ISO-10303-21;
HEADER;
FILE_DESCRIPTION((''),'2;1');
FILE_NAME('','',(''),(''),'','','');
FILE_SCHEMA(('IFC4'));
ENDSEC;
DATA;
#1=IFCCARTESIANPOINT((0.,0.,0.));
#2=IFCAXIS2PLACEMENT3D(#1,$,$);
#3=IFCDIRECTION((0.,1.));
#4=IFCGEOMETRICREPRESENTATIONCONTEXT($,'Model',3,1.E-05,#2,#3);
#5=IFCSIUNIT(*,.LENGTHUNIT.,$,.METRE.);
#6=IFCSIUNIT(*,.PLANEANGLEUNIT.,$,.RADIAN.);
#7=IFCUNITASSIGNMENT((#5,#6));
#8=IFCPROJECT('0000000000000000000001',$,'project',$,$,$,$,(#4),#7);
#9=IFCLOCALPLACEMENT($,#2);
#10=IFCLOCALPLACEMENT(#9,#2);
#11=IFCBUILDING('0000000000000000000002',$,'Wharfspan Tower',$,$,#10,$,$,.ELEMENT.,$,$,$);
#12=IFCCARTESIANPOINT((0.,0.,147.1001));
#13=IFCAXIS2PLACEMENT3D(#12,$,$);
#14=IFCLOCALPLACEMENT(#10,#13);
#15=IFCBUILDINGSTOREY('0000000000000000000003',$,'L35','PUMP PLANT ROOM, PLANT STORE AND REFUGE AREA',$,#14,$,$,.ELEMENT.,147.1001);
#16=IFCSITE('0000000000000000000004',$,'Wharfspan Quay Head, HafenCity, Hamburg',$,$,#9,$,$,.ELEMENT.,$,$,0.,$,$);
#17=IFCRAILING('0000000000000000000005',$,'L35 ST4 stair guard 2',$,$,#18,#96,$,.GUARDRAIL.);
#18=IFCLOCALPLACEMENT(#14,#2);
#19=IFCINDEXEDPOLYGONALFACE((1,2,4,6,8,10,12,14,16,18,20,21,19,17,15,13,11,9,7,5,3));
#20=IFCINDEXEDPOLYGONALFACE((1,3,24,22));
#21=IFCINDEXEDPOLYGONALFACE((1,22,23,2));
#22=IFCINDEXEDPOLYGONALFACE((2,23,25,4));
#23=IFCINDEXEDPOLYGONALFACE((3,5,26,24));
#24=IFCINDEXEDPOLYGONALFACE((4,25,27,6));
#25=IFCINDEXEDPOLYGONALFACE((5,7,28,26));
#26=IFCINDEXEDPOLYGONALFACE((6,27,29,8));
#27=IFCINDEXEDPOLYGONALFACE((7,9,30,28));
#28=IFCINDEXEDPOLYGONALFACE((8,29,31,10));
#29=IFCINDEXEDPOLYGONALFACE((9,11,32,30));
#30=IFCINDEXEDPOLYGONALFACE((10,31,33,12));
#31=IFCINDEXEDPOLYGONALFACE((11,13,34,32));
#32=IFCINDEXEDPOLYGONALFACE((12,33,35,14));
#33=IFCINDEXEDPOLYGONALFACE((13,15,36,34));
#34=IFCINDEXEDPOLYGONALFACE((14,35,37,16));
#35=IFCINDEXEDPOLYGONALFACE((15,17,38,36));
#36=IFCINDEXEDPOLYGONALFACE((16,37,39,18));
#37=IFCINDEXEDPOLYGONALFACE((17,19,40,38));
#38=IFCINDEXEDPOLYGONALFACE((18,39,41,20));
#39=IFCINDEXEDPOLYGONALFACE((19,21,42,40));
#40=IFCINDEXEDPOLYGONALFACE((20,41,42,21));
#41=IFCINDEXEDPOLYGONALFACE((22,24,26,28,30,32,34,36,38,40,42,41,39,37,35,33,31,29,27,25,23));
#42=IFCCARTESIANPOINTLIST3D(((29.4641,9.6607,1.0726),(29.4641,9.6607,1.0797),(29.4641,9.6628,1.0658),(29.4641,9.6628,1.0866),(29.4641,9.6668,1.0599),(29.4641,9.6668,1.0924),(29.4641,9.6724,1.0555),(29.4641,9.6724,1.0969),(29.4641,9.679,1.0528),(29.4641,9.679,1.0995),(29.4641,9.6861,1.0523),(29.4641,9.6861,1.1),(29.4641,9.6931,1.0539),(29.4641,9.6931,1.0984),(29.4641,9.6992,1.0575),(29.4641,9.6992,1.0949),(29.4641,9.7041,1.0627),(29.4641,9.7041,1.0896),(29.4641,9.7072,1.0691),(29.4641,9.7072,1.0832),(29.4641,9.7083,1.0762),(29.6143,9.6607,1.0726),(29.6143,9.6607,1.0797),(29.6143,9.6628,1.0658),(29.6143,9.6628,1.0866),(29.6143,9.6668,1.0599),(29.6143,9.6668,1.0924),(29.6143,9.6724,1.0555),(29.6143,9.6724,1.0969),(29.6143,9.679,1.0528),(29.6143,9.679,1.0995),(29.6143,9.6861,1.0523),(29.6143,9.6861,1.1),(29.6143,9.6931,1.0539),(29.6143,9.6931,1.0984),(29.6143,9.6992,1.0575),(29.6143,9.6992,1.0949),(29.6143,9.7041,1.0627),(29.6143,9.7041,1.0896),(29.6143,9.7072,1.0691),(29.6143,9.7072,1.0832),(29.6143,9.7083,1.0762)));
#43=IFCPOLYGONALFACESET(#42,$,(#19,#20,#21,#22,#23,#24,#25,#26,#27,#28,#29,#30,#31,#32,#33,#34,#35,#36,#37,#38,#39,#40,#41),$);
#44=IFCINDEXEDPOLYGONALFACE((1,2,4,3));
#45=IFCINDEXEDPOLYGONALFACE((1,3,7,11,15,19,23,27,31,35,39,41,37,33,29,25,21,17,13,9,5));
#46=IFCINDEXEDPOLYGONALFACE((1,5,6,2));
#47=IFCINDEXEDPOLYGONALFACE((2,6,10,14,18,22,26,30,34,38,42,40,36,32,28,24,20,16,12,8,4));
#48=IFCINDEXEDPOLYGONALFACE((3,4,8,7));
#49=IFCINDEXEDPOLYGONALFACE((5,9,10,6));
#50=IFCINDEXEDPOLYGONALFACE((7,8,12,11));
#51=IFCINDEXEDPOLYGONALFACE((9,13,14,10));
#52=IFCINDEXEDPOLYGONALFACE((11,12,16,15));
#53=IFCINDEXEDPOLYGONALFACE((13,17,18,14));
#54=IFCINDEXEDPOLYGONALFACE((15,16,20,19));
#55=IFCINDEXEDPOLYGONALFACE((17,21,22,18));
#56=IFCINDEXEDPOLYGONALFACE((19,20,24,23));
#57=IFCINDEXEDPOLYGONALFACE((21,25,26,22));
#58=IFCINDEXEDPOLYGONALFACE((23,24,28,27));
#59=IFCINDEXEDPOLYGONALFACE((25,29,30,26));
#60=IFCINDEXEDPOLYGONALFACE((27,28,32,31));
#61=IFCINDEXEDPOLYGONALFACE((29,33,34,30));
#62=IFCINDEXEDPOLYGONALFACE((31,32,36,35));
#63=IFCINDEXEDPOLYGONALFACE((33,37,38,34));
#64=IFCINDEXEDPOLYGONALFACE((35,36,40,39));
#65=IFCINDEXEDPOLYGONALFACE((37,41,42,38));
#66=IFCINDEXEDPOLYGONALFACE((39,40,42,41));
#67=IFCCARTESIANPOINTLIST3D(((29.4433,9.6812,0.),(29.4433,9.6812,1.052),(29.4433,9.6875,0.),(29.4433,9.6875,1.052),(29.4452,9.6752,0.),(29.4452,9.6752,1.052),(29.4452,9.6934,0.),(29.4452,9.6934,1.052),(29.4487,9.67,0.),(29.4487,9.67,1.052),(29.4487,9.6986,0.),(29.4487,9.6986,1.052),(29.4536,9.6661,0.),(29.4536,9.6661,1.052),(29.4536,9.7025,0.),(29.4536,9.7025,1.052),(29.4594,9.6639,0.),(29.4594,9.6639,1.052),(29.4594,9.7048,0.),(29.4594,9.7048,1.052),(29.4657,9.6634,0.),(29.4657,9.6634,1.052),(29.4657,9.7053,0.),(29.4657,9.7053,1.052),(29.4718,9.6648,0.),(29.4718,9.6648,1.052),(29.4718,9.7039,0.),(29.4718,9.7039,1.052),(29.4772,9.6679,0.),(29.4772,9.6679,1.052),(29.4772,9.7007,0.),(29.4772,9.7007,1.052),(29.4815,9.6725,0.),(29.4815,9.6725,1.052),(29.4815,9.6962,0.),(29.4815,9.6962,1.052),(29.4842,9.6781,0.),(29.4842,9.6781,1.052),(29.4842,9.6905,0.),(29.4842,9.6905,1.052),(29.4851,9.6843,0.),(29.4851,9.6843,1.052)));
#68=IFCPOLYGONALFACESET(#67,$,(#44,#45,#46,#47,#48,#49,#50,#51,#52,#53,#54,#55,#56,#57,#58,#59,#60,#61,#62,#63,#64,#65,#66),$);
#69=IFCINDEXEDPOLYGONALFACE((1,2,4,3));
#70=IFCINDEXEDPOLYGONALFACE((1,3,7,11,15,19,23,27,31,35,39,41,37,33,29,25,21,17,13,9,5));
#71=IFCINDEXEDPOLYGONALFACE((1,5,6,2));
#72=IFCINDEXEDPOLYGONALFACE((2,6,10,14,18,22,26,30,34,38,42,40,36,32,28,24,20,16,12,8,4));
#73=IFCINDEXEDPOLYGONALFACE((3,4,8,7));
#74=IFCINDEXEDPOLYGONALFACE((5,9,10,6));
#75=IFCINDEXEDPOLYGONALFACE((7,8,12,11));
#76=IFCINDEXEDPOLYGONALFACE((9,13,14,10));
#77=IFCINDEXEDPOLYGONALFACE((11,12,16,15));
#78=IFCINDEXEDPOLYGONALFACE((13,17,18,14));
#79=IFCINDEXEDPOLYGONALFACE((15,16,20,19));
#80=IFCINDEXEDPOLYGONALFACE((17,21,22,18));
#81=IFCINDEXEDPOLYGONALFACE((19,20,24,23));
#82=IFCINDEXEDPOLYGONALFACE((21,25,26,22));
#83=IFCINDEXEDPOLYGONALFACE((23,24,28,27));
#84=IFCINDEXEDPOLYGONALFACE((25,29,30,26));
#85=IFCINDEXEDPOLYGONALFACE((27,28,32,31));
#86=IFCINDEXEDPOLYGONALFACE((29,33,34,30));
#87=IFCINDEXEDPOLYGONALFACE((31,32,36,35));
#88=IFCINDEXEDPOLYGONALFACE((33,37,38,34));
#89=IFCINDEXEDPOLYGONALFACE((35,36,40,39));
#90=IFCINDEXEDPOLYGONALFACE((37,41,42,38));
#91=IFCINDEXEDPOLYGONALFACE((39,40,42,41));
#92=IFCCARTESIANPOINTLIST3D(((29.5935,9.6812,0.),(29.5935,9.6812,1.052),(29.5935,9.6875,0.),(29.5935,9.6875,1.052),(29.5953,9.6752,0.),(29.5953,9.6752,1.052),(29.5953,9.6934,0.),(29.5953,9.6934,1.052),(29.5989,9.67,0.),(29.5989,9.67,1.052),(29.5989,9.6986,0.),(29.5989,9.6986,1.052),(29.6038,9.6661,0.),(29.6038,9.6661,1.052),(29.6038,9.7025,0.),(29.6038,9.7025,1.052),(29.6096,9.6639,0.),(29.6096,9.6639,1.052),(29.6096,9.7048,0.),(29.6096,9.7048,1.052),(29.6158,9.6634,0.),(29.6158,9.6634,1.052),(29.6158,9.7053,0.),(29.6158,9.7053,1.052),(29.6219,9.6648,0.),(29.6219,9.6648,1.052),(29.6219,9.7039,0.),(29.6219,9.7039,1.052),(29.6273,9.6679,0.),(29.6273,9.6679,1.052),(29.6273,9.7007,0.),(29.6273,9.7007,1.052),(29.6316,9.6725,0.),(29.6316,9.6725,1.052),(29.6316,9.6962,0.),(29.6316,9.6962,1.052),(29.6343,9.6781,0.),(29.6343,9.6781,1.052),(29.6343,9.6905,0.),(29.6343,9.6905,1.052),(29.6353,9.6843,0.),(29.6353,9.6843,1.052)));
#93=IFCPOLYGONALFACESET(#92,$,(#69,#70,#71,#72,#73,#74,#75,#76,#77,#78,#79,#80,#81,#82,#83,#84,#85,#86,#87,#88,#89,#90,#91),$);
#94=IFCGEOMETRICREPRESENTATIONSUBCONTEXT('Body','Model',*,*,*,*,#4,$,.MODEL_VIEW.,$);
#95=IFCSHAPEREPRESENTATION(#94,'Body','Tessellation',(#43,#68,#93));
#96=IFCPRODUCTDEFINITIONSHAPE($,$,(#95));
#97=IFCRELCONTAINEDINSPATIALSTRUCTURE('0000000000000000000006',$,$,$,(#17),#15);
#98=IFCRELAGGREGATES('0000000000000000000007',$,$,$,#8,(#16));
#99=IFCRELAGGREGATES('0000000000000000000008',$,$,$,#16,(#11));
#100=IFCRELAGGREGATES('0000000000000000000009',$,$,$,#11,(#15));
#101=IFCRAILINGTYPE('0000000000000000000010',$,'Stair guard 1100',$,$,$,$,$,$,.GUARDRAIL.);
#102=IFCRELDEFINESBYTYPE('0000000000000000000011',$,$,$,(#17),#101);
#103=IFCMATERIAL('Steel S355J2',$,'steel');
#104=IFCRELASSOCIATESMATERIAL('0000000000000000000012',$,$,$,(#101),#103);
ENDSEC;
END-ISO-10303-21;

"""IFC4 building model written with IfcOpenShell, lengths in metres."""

from ifc_helpers import new_model, si_unit, direction, frame, origin, origin_2d, place, context, subcontext, project, spatial, circle, extrude, material, type_object, element, save


model = new_model("IFC4")

# Units and contexts
model_context = context("Model", 3, precision=1e-05, world=origin(), true_north=direction((0.0, 1.0)))
body_context = subcontext(model_context, "Body", "Model", "MODEL_VIEW")
ifc_project = project(units=[si_unit("LENGTHUNIT", "METRE"), si_unit("PLANEANGLEUNIT", "RADIAN")], contexts=[model_context])

# Site, building, storey
site_placement = place(None, origin())
site = spatial("IfcSite", under=ifc_project, at=site_placement, Name="Wharfspan Quay Head, HafenCity, Hamburg", CompositionType="ELEMENT", RefElevation=0.0)
building_placement = place(site_placement, origin())
building = spatial("IfcBuilding", under=site, at=building_placement, Name="Wharfspan Tower", CompositionType="ELEMENT")
storey_placement = place(building_placement, frame((0.0, 0.0, 147.1001)))
storey = spatial("IfcBuildingStorey", under=building, at=storey_placement, Name="L35", Description="PUMP PLANT ROOM, PLANT STORE AND REFUGE AREA", CompositionType="ELEMENT", Elevation=147.1001)

# Shared definitions
ifc_material_1 = material(Name="Steel S355J2", Category="steel")

# Railing
railing_type_1 = type_object("IfcRailingType", Name="Stair guard 1100", PredefinedType="GUARDRAIL", material=ifc_material_1)
railing_1_placement = place(storey_placement, frame((29.4641, 9.6843, 0.0)))
element("IfcRailing", 1, at=railing_1_placement, inside=storey, type_object=railing_type_1, Name="L35 ST4 stair guard 2", PredefinedType="GUARDRAIL", context=body_context, shape_type="SweptSolid", body=[
    extrude(circle(Radius=0.0239, at=origin_2d()), frame((0.0, 0.0, 1.0762), z_axis=(1.0, 0.0, 0.0), x_axis=(0.0, 1.0, 0.0)), (0.0, 0.0, 1.0), 0.1501),
    extrude(circle(Radius=0.021, at=origin_2d()), origin(), (0.0, 0.0, 1.0), 1.052),
    extrude(circle(Radius=0.021, at=origin_2d()), frame((0.1501, 0.0, 0.0)), (0.0, 0.0, 1.0), 1.052),
])

save(model, "model.ifc")
